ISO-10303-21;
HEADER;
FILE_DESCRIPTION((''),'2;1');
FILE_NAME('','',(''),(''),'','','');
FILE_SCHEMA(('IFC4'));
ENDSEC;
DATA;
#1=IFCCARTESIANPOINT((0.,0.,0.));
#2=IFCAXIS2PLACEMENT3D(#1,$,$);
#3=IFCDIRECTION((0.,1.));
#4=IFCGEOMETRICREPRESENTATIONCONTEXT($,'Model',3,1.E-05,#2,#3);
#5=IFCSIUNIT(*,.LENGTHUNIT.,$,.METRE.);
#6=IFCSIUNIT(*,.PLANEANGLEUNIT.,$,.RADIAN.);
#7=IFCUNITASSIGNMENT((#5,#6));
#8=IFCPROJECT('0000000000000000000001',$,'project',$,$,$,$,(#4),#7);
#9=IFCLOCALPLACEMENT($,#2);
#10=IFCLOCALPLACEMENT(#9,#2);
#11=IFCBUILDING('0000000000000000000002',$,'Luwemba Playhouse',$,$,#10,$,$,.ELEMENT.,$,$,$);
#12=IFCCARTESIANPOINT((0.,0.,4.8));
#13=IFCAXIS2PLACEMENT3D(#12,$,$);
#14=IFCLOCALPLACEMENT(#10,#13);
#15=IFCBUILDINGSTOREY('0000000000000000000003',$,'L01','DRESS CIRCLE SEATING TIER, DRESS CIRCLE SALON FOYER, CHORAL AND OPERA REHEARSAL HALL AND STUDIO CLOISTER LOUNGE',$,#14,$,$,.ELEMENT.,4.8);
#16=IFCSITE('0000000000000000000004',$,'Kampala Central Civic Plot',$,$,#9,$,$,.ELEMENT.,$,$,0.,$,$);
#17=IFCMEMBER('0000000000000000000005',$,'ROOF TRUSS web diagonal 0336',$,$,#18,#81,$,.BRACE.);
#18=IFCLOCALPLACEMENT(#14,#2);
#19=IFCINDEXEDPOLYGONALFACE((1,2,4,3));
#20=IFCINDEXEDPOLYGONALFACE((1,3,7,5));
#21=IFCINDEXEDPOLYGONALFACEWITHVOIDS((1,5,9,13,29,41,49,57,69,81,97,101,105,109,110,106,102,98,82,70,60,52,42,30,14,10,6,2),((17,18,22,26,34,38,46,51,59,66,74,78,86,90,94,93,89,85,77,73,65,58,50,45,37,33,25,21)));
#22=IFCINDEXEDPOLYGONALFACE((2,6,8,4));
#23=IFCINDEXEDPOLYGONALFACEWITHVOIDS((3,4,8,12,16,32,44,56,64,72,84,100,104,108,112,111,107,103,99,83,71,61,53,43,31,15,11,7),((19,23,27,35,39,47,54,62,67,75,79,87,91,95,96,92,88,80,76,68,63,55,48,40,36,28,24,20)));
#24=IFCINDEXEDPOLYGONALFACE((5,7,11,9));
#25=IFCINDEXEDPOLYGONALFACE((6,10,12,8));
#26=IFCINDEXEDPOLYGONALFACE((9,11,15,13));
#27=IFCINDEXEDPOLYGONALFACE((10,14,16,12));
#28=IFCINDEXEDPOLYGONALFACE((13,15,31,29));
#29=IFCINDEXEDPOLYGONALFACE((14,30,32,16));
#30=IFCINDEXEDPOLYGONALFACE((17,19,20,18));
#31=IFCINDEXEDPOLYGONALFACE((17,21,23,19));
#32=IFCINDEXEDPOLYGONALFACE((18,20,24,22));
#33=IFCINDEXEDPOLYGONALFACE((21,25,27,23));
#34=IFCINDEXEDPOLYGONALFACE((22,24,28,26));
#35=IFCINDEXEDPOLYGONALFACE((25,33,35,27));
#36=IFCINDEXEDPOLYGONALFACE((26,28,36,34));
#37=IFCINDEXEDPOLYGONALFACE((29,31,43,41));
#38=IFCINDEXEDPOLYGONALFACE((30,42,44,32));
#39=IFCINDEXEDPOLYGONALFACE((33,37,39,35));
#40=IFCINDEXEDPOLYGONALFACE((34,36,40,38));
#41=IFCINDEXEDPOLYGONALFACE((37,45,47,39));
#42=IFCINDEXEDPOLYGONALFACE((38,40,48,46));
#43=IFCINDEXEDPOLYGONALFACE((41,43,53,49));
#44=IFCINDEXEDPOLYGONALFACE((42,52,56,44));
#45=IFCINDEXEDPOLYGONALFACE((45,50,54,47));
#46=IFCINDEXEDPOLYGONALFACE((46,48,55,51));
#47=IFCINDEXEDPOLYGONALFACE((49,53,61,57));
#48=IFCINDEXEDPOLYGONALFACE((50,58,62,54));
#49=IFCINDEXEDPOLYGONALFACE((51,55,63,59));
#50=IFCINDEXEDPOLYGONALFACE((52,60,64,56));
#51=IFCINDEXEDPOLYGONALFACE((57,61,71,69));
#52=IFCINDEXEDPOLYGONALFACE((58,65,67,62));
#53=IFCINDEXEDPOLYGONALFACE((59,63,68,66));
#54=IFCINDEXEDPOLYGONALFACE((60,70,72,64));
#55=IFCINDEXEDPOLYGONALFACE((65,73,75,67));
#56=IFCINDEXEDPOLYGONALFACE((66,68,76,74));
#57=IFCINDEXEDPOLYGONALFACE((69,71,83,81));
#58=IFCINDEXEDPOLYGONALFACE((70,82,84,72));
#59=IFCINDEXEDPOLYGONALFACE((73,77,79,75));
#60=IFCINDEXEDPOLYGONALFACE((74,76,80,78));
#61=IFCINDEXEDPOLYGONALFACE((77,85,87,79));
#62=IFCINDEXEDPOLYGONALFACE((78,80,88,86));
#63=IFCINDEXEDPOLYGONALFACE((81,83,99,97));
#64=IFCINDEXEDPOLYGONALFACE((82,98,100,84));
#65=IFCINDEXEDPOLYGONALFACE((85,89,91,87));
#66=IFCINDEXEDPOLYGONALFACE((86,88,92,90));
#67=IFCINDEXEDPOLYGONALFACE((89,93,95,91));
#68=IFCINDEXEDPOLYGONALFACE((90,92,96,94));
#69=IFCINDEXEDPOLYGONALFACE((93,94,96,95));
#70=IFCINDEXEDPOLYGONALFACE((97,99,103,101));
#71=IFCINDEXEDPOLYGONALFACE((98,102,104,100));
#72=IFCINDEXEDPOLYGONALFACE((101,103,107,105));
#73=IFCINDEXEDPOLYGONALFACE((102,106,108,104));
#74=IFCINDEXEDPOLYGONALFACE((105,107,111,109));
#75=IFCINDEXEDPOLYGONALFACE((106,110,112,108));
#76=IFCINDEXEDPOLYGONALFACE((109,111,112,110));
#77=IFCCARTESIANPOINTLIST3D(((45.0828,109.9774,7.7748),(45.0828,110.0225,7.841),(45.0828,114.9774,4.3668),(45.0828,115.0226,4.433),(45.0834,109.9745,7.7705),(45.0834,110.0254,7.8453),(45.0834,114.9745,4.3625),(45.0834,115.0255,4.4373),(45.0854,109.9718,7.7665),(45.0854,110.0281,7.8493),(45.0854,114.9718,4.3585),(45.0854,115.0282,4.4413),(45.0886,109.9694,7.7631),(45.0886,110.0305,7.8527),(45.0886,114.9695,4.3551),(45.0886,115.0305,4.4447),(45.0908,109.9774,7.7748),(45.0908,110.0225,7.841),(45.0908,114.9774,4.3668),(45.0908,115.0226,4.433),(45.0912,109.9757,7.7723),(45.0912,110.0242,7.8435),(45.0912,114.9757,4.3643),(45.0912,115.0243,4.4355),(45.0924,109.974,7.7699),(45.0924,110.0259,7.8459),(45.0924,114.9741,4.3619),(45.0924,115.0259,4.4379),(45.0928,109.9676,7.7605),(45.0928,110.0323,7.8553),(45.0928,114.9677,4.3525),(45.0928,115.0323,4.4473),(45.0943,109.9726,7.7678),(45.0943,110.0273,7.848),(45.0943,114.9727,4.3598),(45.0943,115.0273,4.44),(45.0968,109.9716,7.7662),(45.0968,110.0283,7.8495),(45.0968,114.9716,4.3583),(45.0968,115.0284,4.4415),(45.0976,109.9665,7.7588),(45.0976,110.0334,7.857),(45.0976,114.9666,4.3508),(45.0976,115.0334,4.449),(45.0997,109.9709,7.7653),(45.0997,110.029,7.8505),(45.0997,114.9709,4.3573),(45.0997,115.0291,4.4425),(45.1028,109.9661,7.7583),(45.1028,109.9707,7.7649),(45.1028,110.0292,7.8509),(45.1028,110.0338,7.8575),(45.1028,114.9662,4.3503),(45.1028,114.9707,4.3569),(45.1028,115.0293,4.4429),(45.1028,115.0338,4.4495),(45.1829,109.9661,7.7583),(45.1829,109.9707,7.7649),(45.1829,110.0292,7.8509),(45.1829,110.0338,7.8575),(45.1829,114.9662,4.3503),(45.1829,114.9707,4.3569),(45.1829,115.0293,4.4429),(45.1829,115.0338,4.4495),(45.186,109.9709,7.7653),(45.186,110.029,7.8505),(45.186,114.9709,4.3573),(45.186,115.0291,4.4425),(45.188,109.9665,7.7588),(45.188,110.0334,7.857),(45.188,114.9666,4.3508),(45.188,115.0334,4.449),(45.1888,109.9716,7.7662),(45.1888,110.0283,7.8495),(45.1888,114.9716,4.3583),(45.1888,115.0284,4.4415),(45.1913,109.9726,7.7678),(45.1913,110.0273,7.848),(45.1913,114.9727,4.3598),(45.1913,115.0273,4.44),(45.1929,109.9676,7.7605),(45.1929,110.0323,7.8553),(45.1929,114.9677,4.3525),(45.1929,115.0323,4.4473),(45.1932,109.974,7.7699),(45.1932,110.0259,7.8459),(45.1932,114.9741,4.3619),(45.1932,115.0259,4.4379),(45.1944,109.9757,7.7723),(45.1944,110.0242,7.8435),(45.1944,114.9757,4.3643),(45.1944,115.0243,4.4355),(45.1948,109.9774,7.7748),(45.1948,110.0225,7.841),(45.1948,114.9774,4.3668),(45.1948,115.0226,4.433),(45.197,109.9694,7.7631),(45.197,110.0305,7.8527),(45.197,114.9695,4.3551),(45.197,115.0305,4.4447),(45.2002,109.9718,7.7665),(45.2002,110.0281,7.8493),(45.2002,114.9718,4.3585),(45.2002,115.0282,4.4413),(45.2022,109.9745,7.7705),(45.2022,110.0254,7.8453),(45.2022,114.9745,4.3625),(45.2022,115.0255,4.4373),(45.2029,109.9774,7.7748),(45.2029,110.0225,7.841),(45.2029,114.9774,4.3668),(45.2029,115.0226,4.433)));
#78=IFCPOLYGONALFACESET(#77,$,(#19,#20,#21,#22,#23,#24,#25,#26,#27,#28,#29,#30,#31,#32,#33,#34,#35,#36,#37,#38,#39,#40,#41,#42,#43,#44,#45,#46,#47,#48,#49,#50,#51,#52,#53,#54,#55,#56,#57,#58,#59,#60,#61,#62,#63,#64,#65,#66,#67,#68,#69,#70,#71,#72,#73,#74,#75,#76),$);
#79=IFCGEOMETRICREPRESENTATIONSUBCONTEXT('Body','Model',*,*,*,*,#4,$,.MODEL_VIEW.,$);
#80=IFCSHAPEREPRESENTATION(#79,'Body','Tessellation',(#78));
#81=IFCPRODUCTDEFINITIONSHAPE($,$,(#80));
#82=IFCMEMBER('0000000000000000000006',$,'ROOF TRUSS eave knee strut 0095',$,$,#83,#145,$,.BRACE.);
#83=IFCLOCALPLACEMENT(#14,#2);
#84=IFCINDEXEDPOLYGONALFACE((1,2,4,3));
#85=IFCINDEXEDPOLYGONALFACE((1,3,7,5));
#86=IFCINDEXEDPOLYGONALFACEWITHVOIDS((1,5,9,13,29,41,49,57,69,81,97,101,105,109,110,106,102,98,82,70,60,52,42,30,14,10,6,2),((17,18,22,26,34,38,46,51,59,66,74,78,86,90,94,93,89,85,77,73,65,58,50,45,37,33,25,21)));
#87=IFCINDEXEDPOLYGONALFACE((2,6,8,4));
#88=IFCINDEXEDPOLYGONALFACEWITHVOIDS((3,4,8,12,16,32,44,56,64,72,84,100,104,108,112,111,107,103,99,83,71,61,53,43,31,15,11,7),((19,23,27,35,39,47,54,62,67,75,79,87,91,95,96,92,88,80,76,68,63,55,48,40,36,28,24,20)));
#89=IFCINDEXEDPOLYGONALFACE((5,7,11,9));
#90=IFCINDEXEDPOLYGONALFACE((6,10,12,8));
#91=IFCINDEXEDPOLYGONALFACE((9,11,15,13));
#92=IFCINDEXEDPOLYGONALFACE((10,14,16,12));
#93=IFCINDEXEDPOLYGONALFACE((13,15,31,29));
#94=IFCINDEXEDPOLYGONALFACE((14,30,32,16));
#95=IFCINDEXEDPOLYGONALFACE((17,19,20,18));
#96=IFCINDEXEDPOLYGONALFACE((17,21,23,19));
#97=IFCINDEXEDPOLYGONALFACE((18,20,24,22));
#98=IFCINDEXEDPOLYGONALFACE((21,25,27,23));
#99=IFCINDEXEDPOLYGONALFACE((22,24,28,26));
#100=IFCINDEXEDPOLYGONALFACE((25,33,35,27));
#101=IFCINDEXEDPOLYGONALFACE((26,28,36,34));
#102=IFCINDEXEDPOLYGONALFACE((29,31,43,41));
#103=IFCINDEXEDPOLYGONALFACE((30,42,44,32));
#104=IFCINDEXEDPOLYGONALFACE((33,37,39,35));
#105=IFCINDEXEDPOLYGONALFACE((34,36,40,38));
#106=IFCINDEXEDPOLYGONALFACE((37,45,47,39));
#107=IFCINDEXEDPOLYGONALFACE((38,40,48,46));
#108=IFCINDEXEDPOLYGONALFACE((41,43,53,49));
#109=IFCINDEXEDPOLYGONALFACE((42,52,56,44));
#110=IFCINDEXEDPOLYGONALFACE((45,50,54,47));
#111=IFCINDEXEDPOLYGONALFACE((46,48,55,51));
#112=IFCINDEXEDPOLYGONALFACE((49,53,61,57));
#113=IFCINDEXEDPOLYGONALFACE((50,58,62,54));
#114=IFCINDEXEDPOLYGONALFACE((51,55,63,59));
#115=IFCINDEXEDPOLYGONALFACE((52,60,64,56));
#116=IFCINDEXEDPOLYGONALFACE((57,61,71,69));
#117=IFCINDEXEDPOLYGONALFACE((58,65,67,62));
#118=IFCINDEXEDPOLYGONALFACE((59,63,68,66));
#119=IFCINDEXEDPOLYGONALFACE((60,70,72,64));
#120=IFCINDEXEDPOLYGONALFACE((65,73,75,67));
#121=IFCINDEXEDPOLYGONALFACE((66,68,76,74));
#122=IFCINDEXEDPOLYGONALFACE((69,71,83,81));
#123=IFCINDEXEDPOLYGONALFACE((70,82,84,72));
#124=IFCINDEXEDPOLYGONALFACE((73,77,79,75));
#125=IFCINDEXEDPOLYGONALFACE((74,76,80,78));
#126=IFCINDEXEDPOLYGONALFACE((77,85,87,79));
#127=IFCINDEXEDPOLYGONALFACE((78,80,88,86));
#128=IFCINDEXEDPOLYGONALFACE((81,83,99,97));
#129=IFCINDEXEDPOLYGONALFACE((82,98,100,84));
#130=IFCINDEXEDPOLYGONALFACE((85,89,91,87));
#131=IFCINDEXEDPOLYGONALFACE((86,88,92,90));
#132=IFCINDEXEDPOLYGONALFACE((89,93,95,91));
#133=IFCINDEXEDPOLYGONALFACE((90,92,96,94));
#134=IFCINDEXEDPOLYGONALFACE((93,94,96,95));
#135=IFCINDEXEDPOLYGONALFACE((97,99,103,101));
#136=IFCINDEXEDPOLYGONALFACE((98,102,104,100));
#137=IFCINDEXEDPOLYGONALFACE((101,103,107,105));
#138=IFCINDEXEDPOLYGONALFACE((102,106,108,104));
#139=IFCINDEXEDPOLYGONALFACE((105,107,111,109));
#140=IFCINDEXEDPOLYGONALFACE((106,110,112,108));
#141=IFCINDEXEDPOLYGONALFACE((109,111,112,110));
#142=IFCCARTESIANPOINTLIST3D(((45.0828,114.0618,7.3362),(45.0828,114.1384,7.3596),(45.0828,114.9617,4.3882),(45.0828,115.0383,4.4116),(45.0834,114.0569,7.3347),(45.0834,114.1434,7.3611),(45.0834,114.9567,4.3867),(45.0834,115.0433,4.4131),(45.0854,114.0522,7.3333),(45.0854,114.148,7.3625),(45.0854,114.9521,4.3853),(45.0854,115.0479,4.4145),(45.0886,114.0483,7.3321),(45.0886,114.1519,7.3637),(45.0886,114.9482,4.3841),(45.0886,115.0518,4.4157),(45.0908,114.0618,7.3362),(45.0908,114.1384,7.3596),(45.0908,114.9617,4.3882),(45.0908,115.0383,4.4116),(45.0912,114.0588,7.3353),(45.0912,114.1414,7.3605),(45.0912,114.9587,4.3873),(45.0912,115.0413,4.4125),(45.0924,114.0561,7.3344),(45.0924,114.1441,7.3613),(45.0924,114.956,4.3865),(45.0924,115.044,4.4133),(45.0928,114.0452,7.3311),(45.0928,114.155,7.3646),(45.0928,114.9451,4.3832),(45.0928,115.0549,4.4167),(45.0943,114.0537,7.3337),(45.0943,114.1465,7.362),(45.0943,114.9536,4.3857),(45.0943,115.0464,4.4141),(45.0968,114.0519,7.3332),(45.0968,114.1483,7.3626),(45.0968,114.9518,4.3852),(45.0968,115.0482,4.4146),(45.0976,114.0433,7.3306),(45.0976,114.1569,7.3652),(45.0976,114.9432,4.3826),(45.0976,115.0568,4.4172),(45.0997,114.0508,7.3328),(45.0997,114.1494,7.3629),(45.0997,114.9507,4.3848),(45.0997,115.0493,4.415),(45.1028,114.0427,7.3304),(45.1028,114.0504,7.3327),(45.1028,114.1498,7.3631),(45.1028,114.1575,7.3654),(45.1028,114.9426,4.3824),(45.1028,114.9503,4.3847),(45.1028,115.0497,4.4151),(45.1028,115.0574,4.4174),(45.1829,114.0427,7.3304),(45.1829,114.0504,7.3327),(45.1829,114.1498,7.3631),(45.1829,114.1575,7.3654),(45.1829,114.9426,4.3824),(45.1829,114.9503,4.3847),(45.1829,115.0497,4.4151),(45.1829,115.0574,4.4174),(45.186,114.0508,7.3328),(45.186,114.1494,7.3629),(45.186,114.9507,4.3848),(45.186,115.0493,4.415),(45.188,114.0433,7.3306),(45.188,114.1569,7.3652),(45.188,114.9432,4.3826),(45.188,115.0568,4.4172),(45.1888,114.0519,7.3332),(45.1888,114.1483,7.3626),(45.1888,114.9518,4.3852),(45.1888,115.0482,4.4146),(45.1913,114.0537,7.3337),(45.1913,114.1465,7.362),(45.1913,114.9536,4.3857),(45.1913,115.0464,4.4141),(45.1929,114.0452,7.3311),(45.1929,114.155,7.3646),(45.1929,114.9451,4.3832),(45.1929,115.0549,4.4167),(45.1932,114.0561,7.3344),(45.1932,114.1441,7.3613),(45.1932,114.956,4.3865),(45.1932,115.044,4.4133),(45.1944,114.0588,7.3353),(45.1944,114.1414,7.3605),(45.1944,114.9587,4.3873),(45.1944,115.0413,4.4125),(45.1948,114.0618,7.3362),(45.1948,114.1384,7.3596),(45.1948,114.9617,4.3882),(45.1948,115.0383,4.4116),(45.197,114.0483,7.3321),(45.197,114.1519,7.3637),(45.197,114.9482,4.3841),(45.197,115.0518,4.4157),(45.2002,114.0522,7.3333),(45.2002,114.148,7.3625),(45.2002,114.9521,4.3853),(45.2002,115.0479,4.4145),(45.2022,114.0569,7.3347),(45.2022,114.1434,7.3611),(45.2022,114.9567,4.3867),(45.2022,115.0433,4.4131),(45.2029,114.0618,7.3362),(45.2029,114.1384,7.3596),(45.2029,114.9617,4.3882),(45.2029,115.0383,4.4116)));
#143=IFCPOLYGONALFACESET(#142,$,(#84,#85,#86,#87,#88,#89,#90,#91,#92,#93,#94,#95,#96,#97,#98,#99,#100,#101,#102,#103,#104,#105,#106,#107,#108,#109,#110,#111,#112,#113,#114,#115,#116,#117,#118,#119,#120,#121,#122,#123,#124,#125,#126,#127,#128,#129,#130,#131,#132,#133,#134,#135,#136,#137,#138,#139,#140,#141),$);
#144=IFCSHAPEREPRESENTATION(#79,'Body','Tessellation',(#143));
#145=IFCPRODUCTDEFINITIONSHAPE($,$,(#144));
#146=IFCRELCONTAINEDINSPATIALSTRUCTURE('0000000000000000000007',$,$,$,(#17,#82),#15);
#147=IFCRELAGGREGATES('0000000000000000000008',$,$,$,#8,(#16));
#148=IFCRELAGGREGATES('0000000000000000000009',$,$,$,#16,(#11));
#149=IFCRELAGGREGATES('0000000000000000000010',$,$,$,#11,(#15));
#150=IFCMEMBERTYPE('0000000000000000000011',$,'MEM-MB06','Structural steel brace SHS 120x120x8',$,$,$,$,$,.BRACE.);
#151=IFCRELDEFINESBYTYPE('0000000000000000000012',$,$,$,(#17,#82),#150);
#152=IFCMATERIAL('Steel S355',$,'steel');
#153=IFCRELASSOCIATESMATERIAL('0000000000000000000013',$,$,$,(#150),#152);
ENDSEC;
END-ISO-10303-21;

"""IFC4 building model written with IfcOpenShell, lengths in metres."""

from ifc_helpers import new_model, si_unit, direction, frame, origin, origin_2d, place, context, subcontext, project, spatial, hollow_rectangle, extrude, material, material_profile, profile_set, type_object, element, save


model = new_model("IFC4")

# Units and contexts
model_context = context("Model", 3, precision=1e-05, world=origin(), true_north=direction((0.0, 1.0)))
body_context = subcontext(model_context, "Body", "Model", "MODEL_VIEW")
ifc_project = project(units=[si_unit("LENGTHUNIT", "METRE"), si_unit("PLANEANGLEUNIT", "RADIAN")], contexts=[model_context])

# Site, building, storey
site_placement = place(None, origin())
site = spatial("IfcSite", under=ifc_project, at=site_placement, Name="Kampala Central Civic Plot", CompositionType="ELEMENT", RefElevation=0.0)
building_placement = place(site_placement, origin())
building = spatial("IfcBuilding", under=site, at=building_placement, Name="Luwemba Playhouse", CompositionType="ELEMENT")
storey_placement = place(building_placement, frame((0.0, 0.0, 4.8)))
storey = spatial("IfcBuildingStorey", under=building, at=storey_placement, Name="L01", Description="DRESS CIRCLE SEATING TIER, DRESS CIRCLE SALON FOYER, CHORAL AND OPERA REHEARSAL HALL AND STUDIO CLOISTER LOUNGE", CompositionType="ELEMENT", Elevation=4.8)

# Shared definitions
ifc_material_1 = material(Name="Steel S355", Category="steel")

# Members
ifc_material_profile_1 = material_profile(ifc_material_1, hollow_rectangle(XDim=0.1201, YDim=0.1201, WallThickness=0.0081, InnerFilletRadius=0.012, OuterFilletRadius=0.02, at=origin_2d()))
ifc_profile_set_1 = profile_set([ifc_material_profile_1], Name="Steel S355")
member_type_1 = type_object("IfcMemberType", Name="MEM-MB06", Description="Structural steel brace SHS 120x120x8", PredefinedType="BRACE", material=ifc_profile_set_1)
member_1_placement = place(storey_placement, frame((45.1428, 115.0, 4.3999), z_axis=(0.0, -0.826314, 0.563209), x_axis=(1.0, 0.0, 0.0)))
element("IfcMember", 1, at=member_1_placement, inside=storey, type_object=member_type_1, Name="ROOF TRUSS web diagonal 0336", PredefinedType="BRACE", context=body_context, shape_type="SweptSolid", body=[
    extrude(hollow_rectangle(XDim=0.1201, YDim=0.1201, WallThickness=0.0081, InnerFilletRadius=0.012, OuterFilletRadius=0.02, at=origin_2d()), origin(), (0.0, 0.0, 1.0), 6.051),
])
member_2_placement = place(storey_placement, frame((45.1428, 115.0, 4.3999), z_axis=(0.0, -0.291959, 0.956431), x_axis=(1.0, 0.0, 0.0)))
element("IfcMember", 2, at=member_2_placement, inside=storey, type_object=member_type_1, Name="ROOF TRUSS eave knee strut 0095", PredefinedType="BRACE", context=body_context, shape_type="SweptSolid", body=[
    extrude(hollow_rectangle(XDim=0.1201, YDim=0.1201, WallThickness=0.0081, InnerFilletRadius=0.012, OuterFilletRadius=0.02, at=origin_2d()), origin(), (0.0, 0.0, 1.0), 3.0823),
])

save(model, "model.ifc")
